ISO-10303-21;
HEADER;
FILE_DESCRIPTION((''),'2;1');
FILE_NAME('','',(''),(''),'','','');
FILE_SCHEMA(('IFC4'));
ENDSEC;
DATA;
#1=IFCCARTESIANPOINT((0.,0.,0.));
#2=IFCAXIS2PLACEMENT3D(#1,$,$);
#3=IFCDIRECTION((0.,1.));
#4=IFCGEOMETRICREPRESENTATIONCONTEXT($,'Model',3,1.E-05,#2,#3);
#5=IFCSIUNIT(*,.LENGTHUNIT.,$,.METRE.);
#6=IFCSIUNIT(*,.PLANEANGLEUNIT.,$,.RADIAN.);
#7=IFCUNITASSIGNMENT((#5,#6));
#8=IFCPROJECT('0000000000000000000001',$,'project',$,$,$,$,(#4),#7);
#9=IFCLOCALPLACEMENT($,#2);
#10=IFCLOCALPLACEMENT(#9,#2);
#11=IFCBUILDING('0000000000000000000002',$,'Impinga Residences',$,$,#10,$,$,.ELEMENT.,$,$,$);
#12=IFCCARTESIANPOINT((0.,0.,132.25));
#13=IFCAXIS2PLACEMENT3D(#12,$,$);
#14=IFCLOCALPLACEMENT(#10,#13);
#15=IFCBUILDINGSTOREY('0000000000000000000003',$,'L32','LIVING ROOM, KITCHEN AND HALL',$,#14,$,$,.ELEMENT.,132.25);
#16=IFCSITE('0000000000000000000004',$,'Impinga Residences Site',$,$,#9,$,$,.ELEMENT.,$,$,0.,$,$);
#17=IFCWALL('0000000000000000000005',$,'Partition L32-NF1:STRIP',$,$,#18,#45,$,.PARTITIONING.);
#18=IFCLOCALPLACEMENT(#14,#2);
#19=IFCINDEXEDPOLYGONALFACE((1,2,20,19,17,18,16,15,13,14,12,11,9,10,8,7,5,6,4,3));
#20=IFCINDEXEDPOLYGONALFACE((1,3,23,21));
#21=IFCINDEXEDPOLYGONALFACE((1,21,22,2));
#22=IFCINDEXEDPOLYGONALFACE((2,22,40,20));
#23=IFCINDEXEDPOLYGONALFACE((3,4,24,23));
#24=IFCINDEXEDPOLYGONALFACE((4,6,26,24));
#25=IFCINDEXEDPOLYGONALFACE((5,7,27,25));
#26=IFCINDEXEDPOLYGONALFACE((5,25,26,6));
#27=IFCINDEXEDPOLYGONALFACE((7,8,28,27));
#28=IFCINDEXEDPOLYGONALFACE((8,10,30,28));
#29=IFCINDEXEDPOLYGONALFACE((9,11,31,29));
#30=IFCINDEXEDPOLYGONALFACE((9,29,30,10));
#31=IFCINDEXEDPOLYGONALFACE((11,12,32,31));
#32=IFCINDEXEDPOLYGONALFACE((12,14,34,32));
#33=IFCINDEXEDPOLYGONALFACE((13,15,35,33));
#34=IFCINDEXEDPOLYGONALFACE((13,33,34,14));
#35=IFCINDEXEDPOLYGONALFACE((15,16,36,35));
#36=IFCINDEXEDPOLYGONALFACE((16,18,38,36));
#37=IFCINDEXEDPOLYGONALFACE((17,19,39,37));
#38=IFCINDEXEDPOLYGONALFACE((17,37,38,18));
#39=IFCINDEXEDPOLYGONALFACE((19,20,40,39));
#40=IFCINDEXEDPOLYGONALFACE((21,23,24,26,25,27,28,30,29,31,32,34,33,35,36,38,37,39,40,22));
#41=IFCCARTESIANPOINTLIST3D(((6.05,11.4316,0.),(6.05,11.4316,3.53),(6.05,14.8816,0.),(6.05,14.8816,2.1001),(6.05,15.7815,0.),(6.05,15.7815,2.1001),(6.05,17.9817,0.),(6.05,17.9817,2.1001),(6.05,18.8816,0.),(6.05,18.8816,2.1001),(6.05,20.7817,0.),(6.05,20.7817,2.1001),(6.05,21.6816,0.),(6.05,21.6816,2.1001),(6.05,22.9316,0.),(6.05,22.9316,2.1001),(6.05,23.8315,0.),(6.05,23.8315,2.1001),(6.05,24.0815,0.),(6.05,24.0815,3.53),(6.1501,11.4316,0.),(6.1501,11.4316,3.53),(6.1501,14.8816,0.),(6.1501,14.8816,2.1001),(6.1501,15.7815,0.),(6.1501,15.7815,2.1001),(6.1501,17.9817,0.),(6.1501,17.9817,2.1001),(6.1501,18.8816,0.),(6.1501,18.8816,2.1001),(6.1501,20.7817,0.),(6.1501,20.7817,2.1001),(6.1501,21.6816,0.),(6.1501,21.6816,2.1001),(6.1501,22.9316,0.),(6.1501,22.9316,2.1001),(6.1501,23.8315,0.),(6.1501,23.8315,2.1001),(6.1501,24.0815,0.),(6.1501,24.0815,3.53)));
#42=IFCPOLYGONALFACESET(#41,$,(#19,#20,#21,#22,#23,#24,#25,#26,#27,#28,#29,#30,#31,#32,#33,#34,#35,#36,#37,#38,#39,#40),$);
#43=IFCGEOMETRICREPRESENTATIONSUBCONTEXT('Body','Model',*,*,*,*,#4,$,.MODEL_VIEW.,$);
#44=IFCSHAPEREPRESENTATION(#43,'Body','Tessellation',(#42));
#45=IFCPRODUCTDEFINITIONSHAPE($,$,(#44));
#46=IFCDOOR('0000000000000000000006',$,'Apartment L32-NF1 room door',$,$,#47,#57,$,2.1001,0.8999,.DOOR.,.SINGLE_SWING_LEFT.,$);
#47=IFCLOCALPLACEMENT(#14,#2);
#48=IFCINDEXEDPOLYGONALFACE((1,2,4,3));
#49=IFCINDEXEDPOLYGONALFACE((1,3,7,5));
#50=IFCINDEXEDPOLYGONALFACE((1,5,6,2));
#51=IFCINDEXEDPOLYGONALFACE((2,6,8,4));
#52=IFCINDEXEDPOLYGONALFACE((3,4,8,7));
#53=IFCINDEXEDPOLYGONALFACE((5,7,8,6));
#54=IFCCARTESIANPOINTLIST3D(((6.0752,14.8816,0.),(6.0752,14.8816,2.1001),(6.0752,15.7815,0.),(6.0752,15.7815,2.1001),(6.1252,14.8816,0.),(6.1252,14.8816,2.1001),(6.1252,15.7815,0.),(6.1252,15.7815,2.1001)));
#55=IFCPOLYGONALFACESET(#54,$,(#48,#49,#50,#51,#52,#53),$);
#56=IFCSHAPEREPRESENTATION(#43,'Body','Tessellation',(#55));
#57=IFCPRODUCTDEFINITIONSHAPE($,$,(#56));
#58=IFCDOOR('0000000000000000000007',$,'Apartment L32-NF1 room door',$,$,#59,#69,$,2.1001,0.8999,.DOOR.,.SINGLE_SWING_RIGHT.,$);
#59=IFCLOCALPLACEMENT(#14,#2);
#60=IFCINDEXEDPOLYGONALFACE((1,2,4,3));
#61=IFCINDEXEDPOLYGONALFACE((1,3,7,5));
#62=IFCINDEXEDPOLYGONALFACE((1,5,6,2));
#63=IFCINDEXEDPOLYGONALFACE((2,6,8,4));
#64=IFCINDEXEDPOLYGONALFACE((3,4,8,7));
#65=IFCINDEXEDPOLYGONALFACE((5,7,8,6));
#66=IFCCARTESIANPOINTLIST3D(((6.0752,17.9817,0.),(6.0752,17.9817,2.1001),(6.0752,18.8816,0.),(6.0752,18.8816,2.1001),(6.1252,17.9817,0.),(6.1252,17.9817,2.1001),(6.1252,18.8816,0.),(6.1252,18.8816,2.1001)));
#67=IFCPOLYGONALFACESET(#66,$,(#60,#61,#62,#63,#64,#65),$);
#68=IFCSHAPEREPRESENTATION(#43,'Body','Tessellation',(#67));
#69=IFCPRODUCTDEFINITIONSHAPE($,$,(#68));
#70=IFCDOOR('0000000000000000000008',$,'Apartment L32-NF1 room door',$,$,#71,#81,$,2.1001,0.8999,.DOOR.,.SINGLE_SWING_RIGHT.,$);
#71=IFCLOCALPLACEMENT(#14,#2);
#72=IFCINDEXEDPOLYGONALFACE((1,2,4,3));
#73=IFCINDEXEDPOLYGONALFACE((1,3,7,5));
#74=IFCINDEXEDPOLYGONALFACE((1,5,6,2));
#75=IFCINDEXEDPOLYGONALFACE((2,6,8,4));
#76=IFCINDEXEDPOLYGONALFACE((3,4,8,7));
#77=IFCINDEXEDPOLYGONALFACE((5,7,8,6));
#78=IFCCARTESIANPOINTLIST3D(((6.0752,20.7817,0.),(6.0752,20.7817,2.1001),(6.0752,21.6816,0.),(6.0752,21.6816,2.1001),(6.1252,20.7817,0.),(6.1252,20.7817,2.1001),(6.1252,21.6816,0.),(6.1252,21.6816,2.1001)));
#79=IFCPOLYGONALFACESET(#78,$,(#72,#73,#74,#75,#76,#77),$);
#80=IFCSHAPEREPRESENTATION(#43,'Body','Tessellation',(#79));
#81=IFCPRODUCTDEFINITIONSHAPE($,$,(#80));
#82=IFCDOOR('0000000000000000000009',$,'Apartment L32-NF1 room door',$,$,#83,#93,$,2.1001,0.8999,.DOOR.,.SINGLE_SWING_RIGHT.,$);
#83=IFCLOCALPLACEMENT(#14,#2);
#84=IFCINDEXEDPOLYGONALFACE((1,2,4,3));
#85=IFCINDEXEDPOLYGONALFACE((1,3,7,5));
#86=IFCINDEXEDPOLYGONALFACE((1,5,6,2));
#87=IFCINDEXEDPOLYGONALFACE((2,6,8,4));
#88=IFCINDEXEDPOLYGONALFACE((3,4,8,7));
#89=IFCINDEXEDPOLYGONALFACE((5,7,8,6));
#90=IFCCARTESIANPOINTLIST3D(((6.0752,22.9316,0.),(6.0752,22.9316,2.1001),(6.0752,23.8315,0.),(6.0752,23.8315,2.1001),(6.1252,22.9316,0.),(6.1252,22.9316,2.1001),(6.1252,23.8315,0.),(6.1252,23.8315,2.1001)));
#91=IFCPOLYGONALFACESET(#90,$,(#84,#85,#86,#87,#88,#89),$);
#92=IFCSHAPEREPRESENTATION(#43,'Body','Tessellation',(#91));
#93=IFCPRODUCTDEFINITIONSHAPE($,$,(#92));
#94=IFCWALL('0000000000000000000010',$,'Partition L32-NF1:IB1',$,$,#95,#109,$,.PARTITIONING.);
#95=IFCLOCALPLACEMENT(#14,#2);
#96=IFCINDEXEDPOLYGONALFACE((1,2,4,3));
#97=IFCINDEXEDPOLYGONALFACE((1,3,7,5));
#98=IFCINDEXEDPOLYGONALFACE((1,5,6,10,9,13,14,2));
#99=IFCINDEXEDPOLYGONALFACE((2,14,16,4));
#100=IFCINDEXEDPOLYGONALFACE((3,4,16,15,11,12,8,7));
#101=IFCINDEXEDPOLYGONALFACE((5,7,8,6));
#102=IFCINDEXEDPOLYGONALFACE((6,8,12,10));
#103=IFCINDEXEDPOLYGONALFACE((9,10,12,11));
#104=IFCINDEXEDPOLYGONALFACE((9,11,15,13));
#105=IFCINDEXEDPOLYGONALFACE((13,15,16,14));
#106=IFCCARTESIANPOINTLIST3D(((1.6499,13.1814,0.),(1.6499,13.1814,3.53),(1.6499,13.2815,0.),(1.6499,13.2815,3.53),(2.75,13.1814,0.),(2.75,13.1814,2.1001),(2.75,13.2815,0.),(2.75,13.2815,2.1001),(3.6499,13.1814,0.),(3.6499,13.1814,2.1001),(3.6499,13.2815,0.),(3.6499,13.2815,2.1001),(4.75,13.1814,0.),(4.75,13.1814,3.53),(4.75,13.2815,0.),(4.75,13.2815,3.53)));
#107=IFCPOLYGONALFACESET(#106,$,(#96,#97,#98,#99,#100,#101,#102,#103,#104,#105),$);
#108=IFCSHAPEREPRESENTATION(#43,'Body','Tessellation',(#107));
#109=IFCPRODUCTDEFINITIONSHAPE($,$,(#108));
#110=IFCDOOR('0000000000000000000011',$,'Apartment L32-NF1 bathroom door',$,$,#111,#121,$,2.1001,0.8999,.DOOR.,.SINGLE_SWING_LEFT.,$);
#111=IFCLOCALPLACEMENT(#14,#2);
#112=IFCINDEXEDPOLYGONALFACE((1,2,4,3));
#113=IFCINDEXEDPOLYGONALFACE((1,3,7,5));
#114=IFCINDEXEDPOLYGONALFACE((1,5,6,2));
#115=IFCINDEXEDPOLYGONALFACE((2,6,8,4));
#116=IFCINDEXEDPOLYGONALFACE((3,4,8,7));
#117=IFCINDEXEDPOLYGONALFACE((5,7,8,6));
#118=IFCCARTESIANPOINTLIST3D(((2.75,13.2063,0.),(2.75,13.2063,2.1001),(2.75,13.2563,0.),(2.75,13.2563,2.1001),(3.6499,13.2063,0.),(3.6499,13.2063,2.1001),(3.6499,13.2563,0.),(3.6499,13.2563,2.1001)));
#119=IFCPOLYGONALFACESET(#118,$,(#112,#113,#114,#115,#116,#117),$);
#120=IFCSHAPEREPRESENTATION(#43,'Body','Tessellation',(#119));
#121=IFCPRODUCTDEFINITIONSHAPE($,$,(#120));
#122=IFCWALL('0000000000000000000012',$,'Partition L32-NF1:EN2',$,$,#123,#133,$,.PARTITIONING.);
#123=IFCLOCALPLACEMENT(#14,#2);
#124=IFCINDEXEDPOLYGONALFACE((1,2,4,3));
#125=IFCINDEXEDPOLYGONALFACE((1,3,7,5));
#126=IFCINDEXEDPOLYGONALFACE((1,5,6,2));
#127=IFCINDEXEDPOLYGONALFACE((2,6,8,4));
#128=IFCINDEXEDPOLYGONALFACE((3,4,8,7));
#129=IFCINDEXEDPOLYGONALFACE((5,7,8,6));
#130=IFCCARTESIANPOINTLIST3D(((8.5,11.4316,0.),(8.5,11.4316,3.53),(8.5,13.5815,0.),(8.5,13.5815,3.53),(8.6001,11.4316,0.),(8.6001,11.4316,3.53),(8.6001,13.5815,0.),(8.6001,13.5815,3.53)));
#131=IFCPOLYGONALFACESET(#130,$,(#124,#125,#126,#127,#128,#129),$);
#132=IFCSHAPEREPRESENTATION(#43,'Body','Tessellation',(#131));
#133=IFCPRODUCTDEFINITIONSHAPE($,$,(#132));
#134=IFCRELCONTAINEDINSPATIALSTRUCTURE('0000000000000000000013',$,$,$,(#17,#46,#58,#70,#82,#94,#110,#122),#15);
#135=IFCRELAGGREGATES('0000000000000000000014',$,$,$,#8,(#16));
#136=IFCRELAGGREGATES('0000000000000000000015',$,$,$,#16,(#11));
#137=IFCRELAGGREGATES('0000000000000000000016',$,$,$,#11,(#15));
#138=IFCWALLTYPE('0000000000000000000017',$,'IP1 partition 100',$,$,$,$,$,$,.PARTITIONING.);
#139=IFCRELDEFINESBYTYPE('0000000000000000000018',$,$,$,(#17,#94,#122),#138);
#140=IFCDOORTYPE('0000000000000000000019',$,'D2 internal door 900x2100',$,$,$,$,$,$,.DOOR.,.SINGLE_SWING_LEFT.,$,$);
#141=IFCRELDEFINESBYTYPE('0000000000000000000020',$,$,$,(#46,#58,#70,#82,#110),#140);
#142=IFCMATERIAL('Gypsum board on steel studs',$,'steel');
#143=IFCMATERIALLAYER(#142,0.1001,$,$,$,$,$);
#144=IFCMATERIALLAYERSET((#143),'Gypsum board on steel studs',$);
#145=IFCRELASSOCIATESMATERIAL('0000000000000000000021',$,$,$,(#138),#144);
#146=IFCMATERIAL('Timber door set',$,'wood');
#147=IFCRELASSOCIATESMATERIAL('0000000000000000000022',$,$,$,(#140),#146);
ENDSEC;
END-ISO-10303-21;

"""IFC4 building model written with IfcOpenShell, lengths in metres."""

from ifc_helpers import new_model, si_unit, direction, frame, frame_2d, origin, place, context, subcontext, project, spatial, rectangle, extrude, material, layer, layer_set, type_object, element, fill, save


model = new_model("IFC4")

# Units and contexts
model_context = context("Model", 3, precision=1e-05, world=origin(), true_north=direction((0.0, 1.0)))
body_context = subcontext(model_context, "Body", "Model", "MODEL_VIEW")
ifc_project = project(units=[si_unit("LENGTHUNIT", "METRE"), si_unit("PLANEANGLEUNIT", "RADIAN")], contexts=[model_context])

# Site, building, storey
site_placement = place(None, origin())
site = spatial("IfcSite", under=ifc_project, at=site_placement, Name="Impinga Residences Site", CompositionType="ELEMENT", RefElevation=0.0)
building_placement = place(site_placement, origin())
building = spatial("IfcBuilding", under=site, at=building_placement, Name="Impinga Residences", CompositionType="ELEMENT")
storey_placement = place(building_placement, frame((0.0, 0.0, 132.25)))
storey = spatial("IfcBuildingStorey", under=building, at=storey_placement, Name="L32", Description="LIVING ROOM, KITCHEN AND HALL", CompositionType="ELEMENT", Elevation=132.25)

# Shared definitions
ifc_material_1 = material(Name="Timber door set", Category="wood")

# Shared definitions
ifc_material_2 = material(Name="Gypsum board on steel studs", Category="steel")
ifc_layer_1 = layer(ifc_material_2, 0.1001)
ifc_layer_set_1 = layer_set([ifc_layer_1], Name="Gypsum board on steel studs")
wall_type_1 = type_object("IfcWallType", Name="IP1 partition 100", PredefinedType="PARTITIONING", material=ifc_layer_set_1)

# Wall, openings, doors
wall_1_placement = place(storey_placement, frame((6.1001, 11.4316, 0.0), z_axis=(0.0, 0.0, 1.0), x_axis=(0.0, 1.0, 0.0)))
wall_1 = element("IfcWall", 1, at=wall_1_placement, inside=storey, type_object=wall_type_1, Name="Partition L32-NF1:STRIP", PredefinedType="PARTITIONING", context=body_context, shape_type="SweptSolid", body=[
    extrude(rectangle(XDim=12.6499, YDim=0.1001, at=frame_2d((6.325, 0.0))), origin(), (0.0, 0.0, 1.0), 3.53),
])
opening_1_placement = place(wall_1_placement, frame((3.45, 0.0, 0.0)))
opening_1 = element("IfcOpeningElement", 2, at=opening_1_placement, cuts=wall_1, PredefinedType="OPENING", context=body_context, shape_type="SweptSolid", body=[
    extrude(rectangle(XDim=0.8999, YDim=2.1001, at=frame_2d((0.45, 1.05))), frame((0.0, 0.0601, 0.0), z_axis=(0.0, -1.0, 0.0), x_axis=(1.0, 0.0, 0.0)), (0.0, 0.0, 1.0), 0.1201),
])
opening_2_placement = place(wall_1_placement, frame((6.55, 0.0, 0.0)))
opening_2 = element("IfcOpeningElement", 3, at=opening_2_placement, cuts=wall_1, PredefinedType="OPENING", context=body_context, shape_type="SweptSolid", body=[
    extrude(rectangle(XDim=0.8999, YDim=2.1001, at=frame_2d((0.45, 1.05))), frame((0.0, 0.0601, 0.0), z_axis=(0.0, -1.0, 0.0), x_axis=(1.0, 0.0, 0.0)), (0.0, 0.0, 1.0), 0.1201),
])
opening_3_placement = place(wall_1_placement, frame((9.3501, 0.0, 0.0)))
opening_3 = element("IfcOpeningElement", 4, at=opening_3_placement, cuts=wall_1, PredefinedType="OPENING", context=body_context, shape_type="SweptSolid", body=[
    extrude(rectangle(XDim=0.8999, YDim=2.1001, at=frame_2d((0.45, 1.05))), frame((0.0, 0.0601, 0.0), z_axis=(0.0, -1.0, 0.0), x_axis=(1.0, 0.0, 0.0)), (0.0, 0.0, 1.0), 0.1201),
])
opening_4_placement = place(wall_1_placement, frame((11.5, 0.0, 0.0)))
opening_4 = element("IfcOpeningElement", 5, at=opening_4_placement, cuts=wall_1, PredefinedType="OPENING", context=body_context, shape_type="SweptSolid", body=[
    extrude(rectangle(XDim=0.8999, YDim=2.1001, at=frame_2d((0.45, 1.05))), frame((0.0, 0.0601, 0.0), z_axis=(0.0, -1.0, 0.0), x_axis=(1.0, 0.0, 0.0)), (0.0, 0.0, 1.0), 0.1201),
])
door_type_1 = type_object("IfcDoorType", Name="D2 internal door 900x2100", OperationType="SINGLE_SWING_LEFT", PredefinedType="DOOR", material=ifc_material_1)
door_1_placement = place(opening_1_placement, origin())
door_1 = element("IfcDoor", 6, at=door_1_placement, inside=storey, type_object=door_type_1, Name="Apartment L32-NF1 room door", OperationType="SINGLE_SWING_LEFT", OverallHeight=2.1001, OverallWidth=0.8999, PredefinedType="DOOR", context=body_context, shape_type="SweptSolid", body=[
    extrude(rectangle(XDim=0.8999, YDim=2.1001, at=frame_2d((0.45, 1.05))), frame((0.0, 0.0249, 0.0), z_axis=(0.0, -1.0, 0.0), x_axis=(1.0, 0.0, 0.0)), (0.0, 0.0, 1.0), 0.05),
])
fill(opening_1, door_1)
door_2_placement = place(opening_2_placement, origin())
door_2 = element("IfcDoor", 7, at=door_2_placement, inside=storey, type_object=door_type_1, Name="Apartment L32-NF1 room door", OperationType="SINGLE_SWING_RIGHT", OverallHeight=2.1001, OverallWidth=0.8999, PredefinedType="DOOR", context=body_context, shape_type="SweptSolid", body=[
    extrude(rectangle(XDim=0.8999, YDim=2.1001, at=frame_2d((0.45, 1.05))), frame((0.0, 0.0249, 0.0), z_axis=(0.0, -1.0, 0.0), x_axis=(1.0, 0.0, 0.0)), (0.0, 0.0, 1.0), 0.05),
])
fill(opening_2, door_2)
door_3_placement = place(opening_3_placement, origin())
door_3 = element("IfcDoor", 8, at=door_3_placement, inside=storey, type_object=door_type_1, Name="Apartment L32-NF1 room door", OperationType="SINGLE_SWING_RIGHT", OverallHeight=2.1001, OverallWidth=0.8999, PredefinedType="DOOR", context=body_context, shape_type="SweptSolid", body=[
    extrude(rectangle(XDim=0.8999, YDim=2.1001, at=frame_2d((0.45, 1.05))), frame((0.0, 0.0249, 0.0), z_axis=(0.0, -1.0, 0.0), x_axis=(1.0, 0.0, 0.0)), (0.0, 0.0, 1.0), 0.05),
])
fill(opening_3, door_3)
door_4_placement = place(opening_4_placement, origin())
door_4 = element("IfcDoor", 9, at=door_4_placement, inside=storey, type_object=door_type_1, Name="Apartment L32-NF1 room door", OperationType="SINGLE_SWING_RIGHT", OverallHeight=2.1001, OverallWidth=0.8999, PredefinedType="DOOR", context=body_context, shape_type="SweptSolid", body=[
    extrude(rectangle(XDim=0.8999, YDim=2.1001, at=frame_2d((0.45, 1.05))), frame((0.0, 0.0249, 0.0), z_axis=(0.0, -1.0, 0.0), x_axis=(1.0, 0.0, 0.0)), (0.0, 0.0, 1.0), 0.05),
])
fill(opening_4, door_4)

# Wall, opening, door
wall_2_placement = place(storey_placement, frame((1.6499, 13.2314, 0.0), z_axis=(0.0, 0.0, 1.0), x_axis=(1.0, 0.0, 0.0)))
wall_2 = element("IfcWall", 10, at=wall_2_placement, inside=storey, type_object=wall_type_1, Name="Partition L32-NF1:IB1", PredefinedType="PARTITIONING", context=body_context, shape_type="SweptSolid", body=[
    extrude(rectangle(XDim=3.1001, YDim=0.1001, at=frame_2d((1.55, 0.0))), origin(), (0.0, 0.0, 1.0), 3.53),
])
opening_5_placement = place(wall_2_placement, frame((1.1001, 0.0, 0.0)))
opening_5 = element("IfcOpeningElement", 11, at=opening_5_placement, cuts=wall_2, PredefinedType="OPENING", context=body_context, shape_type="SweptSolid", body=[
    extrude(rectangle(XDim=0.8999, YDim=2.1001, at=frame_2d((0.45, 1.05))), frame((0.0, 0.0601, 0.0), z_axis=(0.0, -1.0, 0.0), x_axis=(1.0, 0.0, 0.0)), (0.0, 0.0, 1.0), 0.1201),
])
door_5_placement = place(opening_5_placement, origin())
door_5 = element("IfcDoor", 12, at=door_5_placement, inside=storey, type_object=door_type_1, Name="Apartment L32-NF1 bathroom door", OperationType="SINGLE_SWING_LEFT", OverallHeight=2.1001, OverallWidth=0.8999, PredefinedType="DOOR", context=body_context, shape_type="SweptSolid", body=[
    extrude(rectangle(XDim=0.8999, YDim=2.1001, at=frame_2d((0.45, 1.05))), frame((0.0, 0.0249, 0.0), z_axis=(0.0, -1.0, 0.0), x_axis=(1.0, 0.0, 0.0)), (0.0, 0.0, 1.0), 0.05),
])
fill(opening_5, door_5)

# Wall
wall_3_placement = place(storey_placement, frame((8.55, 11.4316, 0.0), z_axis=(0.0, 0.0, 1.0), x_axis=(0.0, 1.0, 0.0)))
element("IfcWall", 13, at=wall_3_placement, inside=storey, type_object=wall_type_1, Name="Partition L32-NF1:EN2", PredefinedType="PARTITIONING", context=body_context, shape_type="SweptSolid", body=[
    extrude(rectangle(XDim=2.1499, YDim=0.1001, at=frame_2d((1.075, 0.0))), origin(), (0.0, 0.0, 1.0), 3.53),
])

save(model, "model.ifc")
